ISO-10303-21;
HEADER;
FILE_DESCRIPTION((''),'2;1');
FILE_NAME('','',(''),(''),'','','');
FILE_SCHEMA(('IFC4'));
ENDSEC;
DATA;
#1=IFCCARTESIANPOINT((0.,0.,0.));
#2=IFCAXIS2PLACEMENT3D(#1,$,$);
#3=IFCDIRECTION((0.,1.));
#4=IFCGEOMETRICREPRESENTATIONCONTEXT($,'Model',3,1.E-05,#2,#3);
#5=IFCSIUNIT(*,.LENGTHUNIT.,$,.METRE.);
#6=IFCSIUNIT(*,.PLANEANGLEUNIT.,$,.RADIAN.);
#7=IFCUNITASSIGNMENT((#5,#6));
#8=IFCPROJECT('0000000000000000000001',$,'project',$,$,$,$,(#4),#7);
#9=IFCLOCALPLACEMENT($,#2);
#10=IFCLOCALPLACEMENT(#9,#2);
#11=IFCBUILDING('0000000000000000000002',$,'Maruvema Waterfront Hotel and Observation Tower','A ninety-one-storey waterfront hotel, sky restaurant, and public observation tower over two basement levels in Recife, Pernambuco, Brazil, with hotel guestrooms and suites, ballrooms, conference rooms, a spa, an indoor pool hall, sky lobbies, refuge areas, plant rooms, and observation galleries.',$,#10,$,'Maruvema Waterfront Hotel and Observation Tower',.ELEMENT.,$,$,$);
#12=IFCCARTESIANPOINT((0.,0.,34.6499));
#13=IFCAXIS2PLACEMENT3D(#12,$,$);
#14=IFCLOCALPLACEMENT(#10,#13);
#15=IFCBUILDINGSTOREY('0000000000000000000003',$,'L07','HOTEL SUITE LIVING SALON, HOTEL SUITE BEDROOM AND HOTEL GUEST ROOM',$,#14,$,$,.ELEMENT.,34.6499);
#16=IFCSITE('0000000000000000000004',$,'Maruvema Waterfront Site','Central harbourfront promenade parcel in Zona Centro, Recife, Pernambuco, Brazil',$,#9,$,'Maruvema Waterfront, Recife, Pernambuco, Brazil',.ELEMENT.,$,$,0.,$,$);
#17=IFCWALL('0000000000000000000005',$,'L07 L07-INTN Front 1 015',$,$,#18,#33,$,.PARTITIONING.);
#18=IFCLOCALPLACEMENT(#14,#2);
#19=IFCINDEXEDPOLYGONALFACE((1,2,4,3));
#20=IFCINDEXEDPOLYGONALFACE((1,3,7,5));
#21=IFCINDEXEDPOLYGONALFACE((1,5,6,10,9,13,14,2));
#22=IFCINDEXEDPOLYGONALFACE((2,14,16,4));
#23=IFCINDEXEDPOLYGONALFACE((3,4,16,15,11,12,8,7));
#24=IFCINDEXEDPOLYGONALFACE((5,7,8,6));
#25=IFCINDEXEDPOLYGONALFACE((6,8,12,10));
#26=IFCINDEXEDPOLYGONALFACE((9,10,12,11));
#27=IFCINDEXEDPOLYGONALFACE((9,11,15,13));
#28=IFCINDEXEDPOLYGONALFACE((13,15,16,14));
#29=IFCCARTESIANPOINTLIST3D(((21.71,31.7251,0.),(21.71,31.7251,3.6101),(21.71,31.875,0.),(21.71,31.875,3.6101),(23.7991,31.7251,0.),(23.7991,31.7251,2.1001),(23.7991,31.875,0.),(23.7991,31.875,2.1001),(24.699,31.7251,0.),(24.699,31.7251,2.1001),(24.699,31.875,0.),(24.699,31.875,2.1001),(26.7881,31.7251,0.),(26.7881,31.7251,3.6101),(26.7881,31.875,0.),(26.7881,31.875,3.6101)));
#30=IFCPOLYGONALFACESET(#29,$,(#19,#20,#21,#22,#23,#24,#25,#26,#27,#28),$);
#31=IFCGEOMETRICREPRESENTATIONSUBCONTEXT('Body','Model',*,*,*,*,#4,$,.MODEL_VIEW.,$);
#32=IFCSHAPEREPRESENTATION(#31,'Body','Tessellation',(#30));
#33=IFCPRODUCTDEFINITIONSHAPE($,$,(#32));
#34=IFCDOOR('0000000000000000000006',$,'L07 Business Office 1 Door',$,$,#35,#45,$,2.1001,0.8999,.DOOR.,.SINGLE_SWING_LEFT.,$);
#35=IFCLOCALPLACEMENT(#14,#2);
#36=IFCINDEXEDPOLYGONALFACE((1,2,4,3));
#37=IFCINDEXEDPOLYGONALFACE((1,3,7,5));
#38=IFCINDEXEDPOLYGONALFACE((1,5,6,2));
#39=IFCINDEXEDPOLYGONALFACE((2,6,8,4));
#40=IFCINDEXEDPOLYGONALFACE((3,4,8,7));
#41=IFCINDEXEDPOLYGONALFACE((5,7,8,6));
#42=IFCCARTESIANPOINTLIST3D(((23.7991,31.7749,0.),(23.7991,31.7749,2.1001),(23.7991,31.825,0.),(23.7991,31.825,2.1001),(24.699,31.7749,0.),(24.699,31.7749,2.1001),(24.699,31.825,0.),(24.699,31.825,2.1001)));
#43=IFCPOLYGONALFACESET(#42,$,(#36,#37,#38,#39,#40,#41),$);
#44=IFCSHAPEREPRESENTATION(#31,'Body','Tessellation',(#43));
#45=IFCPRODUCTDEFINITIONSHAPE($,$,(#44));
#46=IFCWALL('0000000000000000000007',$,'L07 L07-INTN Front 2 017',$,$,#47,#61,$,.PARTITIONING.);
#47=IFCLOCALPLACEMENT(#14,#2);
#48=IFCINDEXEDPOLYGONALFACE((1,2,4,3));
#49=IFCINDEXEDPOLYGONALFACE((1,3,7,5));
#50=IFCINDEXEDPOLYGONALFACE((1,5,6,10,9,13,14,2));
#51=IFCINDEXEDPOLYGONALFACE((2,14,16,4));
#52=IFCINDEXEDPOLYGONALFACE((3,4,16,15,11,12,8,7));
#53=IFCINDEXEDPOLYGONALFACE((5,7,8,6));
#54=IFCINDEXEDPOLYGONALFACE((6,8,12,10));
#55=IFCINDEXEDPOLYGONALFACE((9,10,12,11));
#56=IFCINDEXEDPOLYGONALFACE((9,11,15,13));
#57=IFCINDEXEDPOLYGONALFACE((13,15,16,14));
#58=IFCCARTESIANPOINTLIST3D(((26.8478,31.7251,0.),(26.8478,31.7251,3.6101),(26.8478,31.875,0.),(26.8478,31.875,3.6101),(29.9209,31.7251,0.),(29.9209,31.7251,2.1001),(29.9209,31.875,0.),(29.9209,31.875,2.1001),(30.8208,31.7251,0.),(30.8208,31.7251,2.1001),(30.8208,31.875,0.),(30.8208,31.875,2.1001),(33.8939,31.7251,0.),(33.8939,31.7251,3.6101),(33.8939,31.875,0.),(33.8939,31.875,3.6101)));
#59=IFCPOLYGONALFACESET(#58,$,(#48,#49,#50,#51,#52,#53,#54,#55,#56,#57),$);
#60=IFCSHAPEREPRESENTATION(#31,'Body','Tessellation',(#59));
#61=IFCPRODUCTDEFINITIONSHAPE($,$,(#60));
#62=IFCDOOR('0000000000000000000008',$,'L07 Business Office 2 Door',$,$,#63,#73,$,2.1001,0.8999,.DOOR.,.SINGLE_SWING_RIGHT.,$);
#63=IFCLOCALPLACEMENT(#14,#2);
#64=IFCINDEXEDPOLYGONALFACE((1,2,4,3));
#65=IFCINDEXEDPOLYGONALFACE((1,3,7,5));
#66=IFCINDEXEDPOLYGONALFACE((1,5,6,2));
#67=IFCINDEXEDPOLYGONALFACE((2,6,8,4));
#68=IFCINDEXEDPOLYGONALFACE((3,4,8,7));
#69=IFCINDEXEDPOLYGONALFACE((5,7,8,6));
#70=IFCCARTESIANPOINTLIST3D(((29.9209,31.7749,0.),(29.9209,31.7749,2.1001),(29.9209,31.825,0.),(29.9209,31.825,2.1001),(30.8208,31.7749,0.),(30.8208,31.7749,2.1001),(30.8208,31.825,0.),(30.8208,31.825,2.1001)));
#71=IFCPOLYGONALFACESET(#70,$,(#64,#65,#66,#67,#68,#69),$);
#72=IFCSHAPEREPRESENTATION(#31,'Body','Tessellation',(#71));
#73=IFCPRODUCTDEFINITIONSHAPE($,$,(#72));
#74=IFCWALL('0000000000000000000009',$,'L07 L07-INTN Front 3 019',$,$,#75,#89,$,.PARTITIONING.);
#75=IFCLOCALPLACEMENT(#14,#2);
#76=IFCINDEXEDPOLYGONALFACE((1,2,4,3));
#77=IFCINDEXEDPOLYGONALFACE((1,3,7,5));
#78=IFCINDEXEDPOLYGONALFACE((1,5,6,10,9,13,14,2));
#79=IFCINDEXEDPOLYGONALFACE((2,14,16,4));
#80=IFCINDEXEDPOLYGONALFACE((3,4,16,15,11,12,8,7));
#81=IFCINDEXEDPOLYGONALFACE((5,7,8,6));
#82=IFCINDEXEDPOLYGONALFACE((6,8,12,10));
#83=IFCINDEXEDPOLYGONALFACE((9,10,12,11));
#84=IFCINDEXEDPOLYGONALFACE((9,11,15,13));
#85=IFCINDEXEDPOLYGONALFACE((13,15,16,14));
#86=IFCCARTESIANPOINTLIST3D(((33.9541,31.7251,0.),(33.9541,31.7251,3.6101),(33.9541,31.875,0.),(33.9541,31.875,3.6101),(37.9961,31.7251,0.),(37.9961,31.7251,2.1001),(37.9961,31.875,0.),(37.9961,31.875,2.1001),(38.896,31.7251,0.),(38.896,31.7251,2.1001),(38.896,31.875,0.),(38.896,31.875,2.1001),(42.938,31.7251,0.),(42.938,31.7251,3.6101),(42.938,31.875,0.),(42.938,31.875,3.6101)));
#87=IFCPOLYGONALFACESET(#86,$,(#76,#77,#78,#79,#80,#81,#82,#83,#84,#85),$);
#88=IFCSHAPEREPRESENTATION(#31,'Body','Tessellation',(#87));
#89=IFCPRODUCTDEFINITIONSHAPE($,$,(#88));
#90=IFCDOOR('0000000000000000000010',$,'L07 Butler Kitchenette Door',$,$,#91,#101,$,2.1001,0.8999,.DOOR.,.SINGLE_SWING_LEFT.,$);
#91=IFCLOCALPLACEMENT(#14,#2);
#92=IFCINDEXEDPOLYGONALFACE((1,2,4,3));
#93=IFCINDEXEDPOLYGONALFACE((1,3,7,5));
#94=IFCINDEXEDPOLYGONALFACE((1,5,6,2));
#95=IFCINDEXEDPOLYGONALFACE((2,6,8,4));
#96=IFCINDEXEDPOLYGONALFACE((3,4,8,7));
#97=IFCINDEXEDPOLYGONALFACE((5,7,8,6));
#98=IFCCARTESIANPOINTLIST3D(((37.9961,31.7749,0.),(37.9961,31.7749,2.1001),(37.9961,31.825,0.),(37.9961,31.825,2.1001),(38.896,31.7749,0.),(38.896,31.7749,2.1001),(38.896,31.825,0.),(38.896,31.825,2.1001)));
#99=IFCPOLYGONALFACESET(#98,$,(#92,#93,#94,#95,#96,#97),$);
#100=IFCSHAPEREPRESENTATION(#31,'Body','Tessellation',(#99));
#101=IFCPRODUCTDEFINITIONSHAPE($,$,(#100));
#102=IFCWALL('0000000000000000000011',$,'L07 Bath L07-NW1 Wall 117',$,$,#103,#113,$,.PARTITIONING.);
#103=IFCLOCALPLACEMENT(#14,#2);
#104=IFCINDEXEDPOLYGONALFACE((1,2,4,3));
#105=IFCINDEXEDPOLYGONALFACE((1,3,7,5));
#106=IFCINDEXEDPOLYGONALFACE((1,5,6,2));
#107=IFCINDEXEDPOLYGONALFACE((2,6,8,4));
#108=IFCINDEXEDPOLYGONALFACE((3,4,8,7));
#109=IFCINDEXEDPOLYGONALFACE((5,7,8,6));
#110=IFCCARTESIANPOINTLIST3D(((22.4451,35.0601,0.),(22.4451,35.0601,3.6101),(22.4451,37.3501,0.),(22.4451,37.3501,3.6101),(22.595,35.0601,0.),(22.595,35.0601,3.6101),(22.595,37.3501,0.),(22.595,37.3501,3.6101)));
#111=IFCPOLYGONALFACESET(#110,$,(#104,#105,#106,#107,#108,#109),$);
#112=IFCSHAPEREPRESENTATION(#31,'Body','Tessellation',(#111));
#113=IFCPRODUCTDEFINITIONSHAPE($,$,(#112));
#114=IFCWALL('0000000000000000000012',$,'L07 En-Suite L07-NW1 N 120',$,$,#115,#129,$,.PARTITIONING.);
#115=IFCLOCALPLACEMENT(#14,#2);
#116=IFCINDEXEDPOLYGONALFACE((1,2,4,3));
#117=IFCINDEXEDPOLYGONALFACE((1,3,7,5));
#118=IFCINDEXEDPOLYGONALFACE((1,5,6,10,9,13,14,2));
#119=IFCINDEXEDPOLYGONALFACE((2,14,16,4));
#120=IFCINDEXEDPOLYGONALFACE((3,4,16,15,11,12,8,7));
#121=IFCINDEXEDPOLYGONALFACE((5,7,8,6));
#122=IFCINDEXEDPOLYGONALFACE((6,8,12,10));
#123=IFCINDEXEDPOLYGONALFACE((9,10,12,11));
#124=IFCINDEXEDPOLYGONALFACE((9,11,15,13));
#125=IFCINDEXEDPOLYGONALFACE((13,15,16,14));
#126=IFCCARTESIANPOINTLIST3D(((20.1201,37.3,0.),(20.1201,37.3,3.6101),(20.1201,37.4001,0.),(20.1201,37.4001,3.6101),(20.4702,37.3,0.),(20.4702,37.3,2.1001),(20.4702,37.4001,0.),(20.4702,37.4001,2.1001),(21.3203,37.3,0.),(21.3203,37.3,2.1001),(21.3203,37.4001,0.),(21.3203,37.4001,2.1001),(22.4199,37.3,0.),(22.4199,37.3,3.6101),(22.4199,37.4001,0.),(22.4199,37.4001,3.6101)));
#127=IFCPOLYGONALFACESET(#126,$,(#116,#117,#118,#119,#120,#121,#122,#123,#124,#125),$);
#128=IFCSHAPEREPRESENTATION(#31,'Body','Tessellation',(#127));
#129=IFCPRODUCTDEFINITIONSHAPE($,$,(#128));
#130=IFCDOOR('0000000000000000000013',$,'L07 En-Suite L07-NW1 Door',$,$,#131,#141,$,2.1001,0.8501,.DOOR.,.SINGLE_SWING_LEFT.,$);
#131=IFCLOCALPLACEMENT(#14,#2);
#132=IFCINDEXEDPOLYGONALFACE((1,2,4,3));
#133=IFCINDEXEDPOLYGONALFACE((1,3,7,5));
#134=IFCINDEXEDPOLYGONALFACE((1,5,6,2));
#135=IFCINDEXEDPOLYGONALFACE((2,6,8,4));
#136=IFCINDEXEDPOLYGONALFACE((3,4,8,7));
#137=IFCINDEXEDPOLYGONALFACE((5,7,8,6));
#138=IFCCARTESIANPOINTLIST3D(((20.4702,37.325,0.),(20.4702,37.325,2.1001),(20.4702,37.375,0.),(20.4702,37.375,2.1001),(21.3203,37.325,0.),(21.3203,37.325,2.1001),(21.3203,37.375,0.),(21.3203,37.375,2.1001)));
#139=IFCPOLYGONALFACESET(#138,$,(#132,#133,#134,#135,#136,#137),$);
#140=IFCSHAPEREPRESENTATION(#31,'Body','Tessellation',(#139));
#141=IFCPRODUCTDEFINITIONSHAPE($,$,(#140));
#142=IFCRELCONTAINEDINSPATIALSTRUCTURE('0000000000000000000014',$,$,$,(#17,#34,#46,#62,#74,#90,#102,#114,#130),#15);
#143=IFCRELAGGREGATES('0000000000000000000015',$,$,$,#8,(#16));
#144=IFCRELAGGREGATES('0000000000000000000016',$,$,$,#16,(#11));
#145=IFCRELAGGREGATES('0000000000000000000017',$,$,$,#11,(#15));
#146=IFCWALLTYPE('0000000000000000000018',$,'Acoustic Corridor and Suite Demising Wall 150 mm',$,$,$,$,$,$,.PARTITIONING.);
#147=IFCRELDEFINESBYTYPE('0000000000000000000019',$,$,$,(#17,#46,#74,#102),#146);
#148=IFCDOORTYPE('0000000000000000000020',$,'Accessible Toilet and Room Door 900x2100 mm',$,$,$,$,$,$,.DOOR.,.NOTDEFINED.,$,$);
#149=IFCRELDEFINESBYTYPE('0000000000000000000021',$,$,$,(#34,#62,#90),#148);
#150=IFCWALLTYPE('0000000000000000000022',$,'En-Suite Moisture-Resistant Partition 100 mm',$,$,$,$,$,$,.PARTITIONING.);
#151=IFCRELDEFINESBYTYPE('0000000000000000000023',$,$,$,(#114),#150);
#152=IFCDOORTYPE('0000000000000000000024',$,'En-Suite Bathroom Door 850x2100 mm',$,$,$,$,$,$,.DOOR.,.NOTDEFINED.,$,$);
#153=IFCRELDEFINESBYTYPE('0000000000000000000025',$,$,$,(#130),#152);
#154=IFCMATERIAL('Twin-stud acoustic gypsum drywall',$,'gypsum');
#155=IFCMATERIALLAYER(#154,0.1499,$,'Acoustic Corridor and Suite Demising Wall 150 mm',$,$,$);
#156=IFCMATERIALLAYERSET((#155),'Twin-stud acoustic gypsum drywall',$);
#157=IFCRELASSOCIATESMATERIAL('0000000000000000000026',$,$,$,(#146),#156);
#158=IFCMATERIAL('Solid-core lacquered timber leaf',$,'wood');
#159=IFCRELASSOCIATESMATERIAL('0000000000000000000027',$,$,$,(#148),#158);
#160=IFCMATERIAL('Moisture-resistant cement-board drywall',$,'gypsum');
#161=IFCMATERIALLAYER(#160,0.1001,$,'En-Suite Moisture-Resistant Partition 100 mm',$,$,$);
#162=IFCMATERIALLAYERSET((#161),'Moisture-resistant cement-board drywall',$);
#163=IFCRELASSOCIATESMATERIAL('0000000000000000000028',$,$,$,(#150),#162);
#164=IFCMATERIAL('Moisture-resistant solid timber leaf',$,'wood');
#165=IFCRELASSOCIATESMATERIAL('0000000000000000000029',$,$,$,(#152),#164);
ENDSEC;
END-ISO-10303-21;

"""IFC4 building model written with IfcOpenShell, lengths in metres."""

from ifc_helpers import new_model, si_unit, direction, frame, frame_2d, origin, place, context, subcontext, project, spatial, rectangle, extrude, material, layer, layer_set, type_object, element, fill, save


model = new_model("IFC4")

# Units and contexts
model_context = context("Model", 3, precision=1e-05, world=origin(), true_north=direction((0.0, 1.0)))
body_context = subcontext(model_context, "Body", "Model", "MODEL_VIEW")
ifc_project = project(units=[si_unit("LENGTHUNIT", "METRE"), si_unit("PLANEANGLEUNIT", "RADIAN")], contexts=[model_context])

# Site, building, storey
site_placement = place(None, origin())
site = spatial("IfcSite", under=ifc_project, at=site_placement, Name="Maruvema Waterfront Site", Description="Central harbourfront promenade parcel in Zona Centro, Recife, Pernambuco, Brazil", LongName="Maruvema Waterfront, Recife, Pernambuco, Brazil", CompositionType="ELEMENT", RefElevation=0.0)
building_placement = place(site_placement, origin())
building = spatial("IfcBuilding", under=site, at=building_placement, Name="Maruvema Waterfront Hotel and Observation Tower", Description="A ninety-one-storey waterfront hotel, sky restaurant, and public observation tower over two basement levels in Recife, Pernambuco, Brazil, with hotel guestrooms and suites, ballrooms, conference rooms, a spa, an indoor pool hall, sky lobbies, refuge areas, plant rooms, and observation galleries.", LongName="Maruvema Waterfront Hotel and Observation Tower", CompositionType="ELEMENT")
storey_placement = place(building_placement, frame((0.0, 0.0, 34.6499)))
storey = spatial("IfcBuildingStorey", under=building, at=storey_placement, Name="L07", Description="HOTEL SUITE LIVING SALON, HOTEL SUITE BEDROOM AND HOTEL GUEST ROOM", CompositionType="ELEMENT", Elevation=34.6499)

# Walls, openings, doors
ifc_material_1 = material(Name="Twin-stud acoustic gypsum drywall", Category="gypsum")
ifc_layer_1 = layer(ifc_material_1, 0.1499, Name="Acoustic Corridor and Suite Demising Wall 150 mm")
ifc_layer_set_1 = layer_set([ifc_layer_1], Name="Twin-stud acoustic gypsum drywall")
wall_type_1 = type_object("IfcWallType", Name="Acoustic Corridor and Suite Demising Wall 150 mm", PredefinedType="PARTITIONING", material=ifc_layer_set_1)
wall_1_placement = place(storey_placement, frame((21.71, 31.8, 0.0), z_axis=(0.0, 0.0, 1.0), x_axis=(1.0, 0.0, 0.0)))
wall_1 = element("IfcWall", 1, at=wall_1_placement, inside=storey, type_object=wall_type_1, Name="L07 L07-INTN Front 1 015", PredefinedType="PARTITIONING", context=body_context, shape_type="SweptSolid", body=[
    extrude(rectangle(XDim=5.0781, YDim=0.1499, at=frame_2d((2.5391, 0.0))), origin(), (0.0, 0.0, 1.0), 3.6101),
])
opening_1_placement = place(wall_1_placement, frame((2.0891, 0.0, 0.0)))
opening_1 = element("IfcOpeningElement", 2, at=opening_1_placement, cuts=wall_1, PredefinedType="OPENING", context=body_context, shape_type="SweptSolid", body=[
    extrude(rectangle(XDim=0.8999, YDim=2.1001, at=frame_2d((0.45, 1.05))), frame((0.0, 0.085, 0.0), z_axis=(0.0, -1.0, 0.0), x_axis=(1.0, 0.0, 0.0)), (0.0, 0.0, 1.0), 0.1699),
])
ifc_material_2 = material(Name="Solid-core lacquered timber leaf", Category="wood")
door_type_1 = type_object("IfcDoorType", Name="Accessible Toilet and Room Door 900x2100 mm", OperationType="NOTDEFINED", PredefinedType="DOOR", material=ifc_material_2)
door_1_placement = place(opening_1_placement, origin())
door_1 = element("IfcDoor", 3, at=door_1_placement, inside=storey, type_object=door_type_1, Name="L07 Business Office 1 Door", OperationType="SINGLE_SWING_LEFT", OverallHeight=2.1001, OverallWidth=0.8999, PredefinedType="DOOR", context=body_context, shape_type="SweptSolid", body=[
    extrude(rectangle(XDim=0.8999, YDim=2.1001, at=frame_2d((0.45, 1.05))), frame((0.0, 0.0249, 0.0), z_axis=(0.0, -1.0, 0.0), x_axis=(1.0, 0.0, 0.0)), (0.0, 0.0, 1.0), 0.05),
])
fill(opening_1, door_1)
wall_2_placement = place(storey_placement, frame((26.8479, 31.8, 0.0), z_axis=(0.0, 0.0, 1.0), x_axis=(1.0, 0.0, 0.0)))
wall_2 = element("IfcWall", 4, at=wall_2_placement, inside=storey, type_object=wall_type_1, Name="L07 L07-INTN Front 2 017", PredefinedType="PARTITIONING", context=body_context, shape_type="SweptSolid", body=[
    extrude(rectangle(XDim=7.0461, YDim=0.1499, at=frame_2d((3.5229, 0.0))), origin(), (0.0, 0.0, 1.0), 3.6101),
])
opening_2_placement = place(wall_2_placement, frame((3.073, 0.0, 0.0)))
opening_2 = element("IfcOpeningElement", 5, at=opening_2_placement, cuts=wall_2, PredefinedType="OPENING", context=body_context, shape_type="SweptSolid", body=[
    extrude(rectangle(XDim=0.8999, YDim=2.1001, at=frame_2d((0.45, 1.05))), frame((0.0, 0.085, 0.0), z_axis=(0.0, -1.0, 0.0), x_axis=(1.0, 0.0, 0.0)), (0.0, 0.0, 1.0), 0.1699),
])
door_2_placement = place(opening_2_placement, origin())
door_2 = element("IfcDoor", 6, at=door_2_placement, inside=storey, type_object=door_type_1, Name="L07 Business Office 2 Door", OperationType="SINGLE_SWING_RIGHT", OverallHeight=2.1001, OverallWidth=0.8999, PredefinedType="DOOR", context=body_context, shape_type="SweptSolid", body=[
    extrude(rectangle(XDim=0.8999, YDim=2.1001, at=frame_2d((0.45, 1.05))), frame((0.0, 0.0249, 0.0), z_axis=(0.0, -1.0, 0.0), x_axis=(1.0, 0.0, 0.0)), (0.0, 0.0, 1.0), 0.05),
])
fill(opening_2, door_2)
wall_3_placement = place(storey_placement, frame((33.9541, 31.8, 0.0), z_axis=(0.0, 0.0, 1.0), x_axis=(1.0, 0.0, 0.0)))
wall_3 = element("IfcWall", 7, at=wall_3_placement, inside=storey, type_object=wall_type_1, Name="L07 L07-INTN Front 3 019", PredefinedType="PARTITIONING", context=body_context, shape_type="SweptSolid", body=[
    extrude(rectangle(XDim=8.9839, YDim=0.1499, at=frame_2d((4.4919, 0.0))), origin(), (0.0, 0.0, 1.0), 3.6101),
])
opening_3_placement = place(wall_3_placement, frame((4.042, 0.0, 0.0)))
opening_3 = element("IfcOpeningElement", 8, at=opening_3_placement, cuts=wall_3, PredefinedType="OPENING", context=body_context, shape_type="SweptSolid", body=[
    extrude(rectangle(XDim=0.8999, YDim=2.1001, at=frame_2d((0.45, 1.05))), frame((0.0, 0.085, 0.0), z_axis=(0.0, -1.0, 0.0), x_axis=(1.0, 0.0, 0.0)), (0.0, 0.0, 1.0), 0.1699),
])
door_3_placement = place(opening_3_placement, origin())
door_3 = element("IfcDoor", 9, at=door_3_placement, inside=storey, type_object=door_type_1, Name="L07 Butler Kitchenette Door", OperationType="SINGLE_SWING_LEFT", OverallHeight=2.1001, OverallWidth=0.8999, PredefinedType="DOOR", context=body_context, shape_type="SweptSolid", body=[
    extrude(rectangle(XDim=0.8999, YDim=2.1001, at=frame_2d((0.45, 1.05))), frame((0.0, 0.0249, 0.0), z_axis=(0.0, -1.0, 0.0), x_axis=(1.0, 0.0, 0.0)), (0.0, 0.0, 1.0), 0.05),
])
fill(opening_3, door_3)

# Wall
wall_4_placement = place(storey_placement, frame((22.52, 35.0601, 0.0), z_axis=(0.0, 0.0, 1.0), x_axis=(0.0, 1.0, 0.0)))
element("IfcWall", 10, at=wall_4_placement, inside=storey, type_object=wall_type_1, Name="L07 Bath L07-NW1 Wall 117", PredefinedType="PARTITIONING", context=body_context, shape_type="SweptSolid", body=[
    extrude(rectangle(XDim=2.29, YDim=0.1499, at=frame_2d((1.145, 0.0))), origin(), (0.0, 0.0, 1.0), 3.6101),
])

# Wall, opening, door
ifc_material_3 = material(Name="Moisture-resistant cement-board drywall", Category="gypsum")
ifc_layer_2 = layer(ifc_material_3, 0.1001, Name="En-Suite Moisture-Resistant Partition 100 mm")
ifc_layer_set_2 = layer_set([ifc_layer_2], Name="Moisture-resistant cement-board drywall")
wall_type_2 = type_object("IfcWallType", Name="En-Suite Moisture-Resistant Partition 100 mm", PredefinedType="PARTITIONING", material=ifc_layer_set_2)
wall_5_placement = place(storey_placement, frame((20.1201, 37.3501, 0.0), z_axis=(0.0, 0.0, 1.0), x_axis=(1.0, 0.0, 0.0)))
wall_5 = element("IfcWall", 11, at=wall_5_placement, inside=storey, type_object=wall_type_2, Name="L07 En-Suite L07-NW1 N 120", PredefinedType="PARTITIONING", context=body_context, shape_type="SweptSolid", body=[
    extrude(rectangle(XDim=2.2998, YDim=0.1001, at=frame_2d((1.1499, 0.0))), origin(), (0.0, 0.0, 1.0), 3.6101),
])
opening_4_placement = place(wall_5_placement, frame((0.3501, 0.0, 0.0)))
opening_4 = element("IfcOpeningElement", 12, at=opening_4_placement, cuts=wall_5, PredefinedType="OPENING", context=body_context, shape_type="SweptSolid", body=[
    extrude(rectangle(XDim=0.8501, YDim=2.1001, at=frame_2d((0.425, 1.05))), frame((0.0, 0.0601, 0.0), z_axis=(0.0, -1.0, 0.0), x_axis=(1.0, 0.0, 0.0)), (0.0, 0.0, 1.0), 0.1201),
])
ifc_material_4 = material(Name="Moisture-resistant solid timber leaf", Category="wood")
door_type_2 = type_object("IfcDoorType", Name="En-Suite Bathroom Door 850x2100 mm", OperationType="NOTDEFINED", PredefinedType="DOOR", material=ifc_material_4)
door_4_placement = place(opening_4_placement, origin())
door_4 = element("IfcDoor", 13, at=door_4_placement, inside=storey, type_object=door_type_2, Name="L07 En-Suite L07-NW1 Door", OperationType="SINGLE_SWING_LEFT", OverallHeight=2.1001, OverallWidth=0.8501, PredefinedType="DOOR", context=body_context, shape_type="SweptSolid", body=[
    extrude(rectangle(XDim=0.8501, YDim=2.1001, at=frame_2d((0.425, 1.05))), frame((0.0, 0.0249, 0.0), z_axis=(0.0, -1.0, 0.0), x_axis=(1.0, 0.0, 0.0)), (0.0, 0.0, 1.0), 0.05),
])
fill(opening_4, door_4)

save(model, "model.ifc")
